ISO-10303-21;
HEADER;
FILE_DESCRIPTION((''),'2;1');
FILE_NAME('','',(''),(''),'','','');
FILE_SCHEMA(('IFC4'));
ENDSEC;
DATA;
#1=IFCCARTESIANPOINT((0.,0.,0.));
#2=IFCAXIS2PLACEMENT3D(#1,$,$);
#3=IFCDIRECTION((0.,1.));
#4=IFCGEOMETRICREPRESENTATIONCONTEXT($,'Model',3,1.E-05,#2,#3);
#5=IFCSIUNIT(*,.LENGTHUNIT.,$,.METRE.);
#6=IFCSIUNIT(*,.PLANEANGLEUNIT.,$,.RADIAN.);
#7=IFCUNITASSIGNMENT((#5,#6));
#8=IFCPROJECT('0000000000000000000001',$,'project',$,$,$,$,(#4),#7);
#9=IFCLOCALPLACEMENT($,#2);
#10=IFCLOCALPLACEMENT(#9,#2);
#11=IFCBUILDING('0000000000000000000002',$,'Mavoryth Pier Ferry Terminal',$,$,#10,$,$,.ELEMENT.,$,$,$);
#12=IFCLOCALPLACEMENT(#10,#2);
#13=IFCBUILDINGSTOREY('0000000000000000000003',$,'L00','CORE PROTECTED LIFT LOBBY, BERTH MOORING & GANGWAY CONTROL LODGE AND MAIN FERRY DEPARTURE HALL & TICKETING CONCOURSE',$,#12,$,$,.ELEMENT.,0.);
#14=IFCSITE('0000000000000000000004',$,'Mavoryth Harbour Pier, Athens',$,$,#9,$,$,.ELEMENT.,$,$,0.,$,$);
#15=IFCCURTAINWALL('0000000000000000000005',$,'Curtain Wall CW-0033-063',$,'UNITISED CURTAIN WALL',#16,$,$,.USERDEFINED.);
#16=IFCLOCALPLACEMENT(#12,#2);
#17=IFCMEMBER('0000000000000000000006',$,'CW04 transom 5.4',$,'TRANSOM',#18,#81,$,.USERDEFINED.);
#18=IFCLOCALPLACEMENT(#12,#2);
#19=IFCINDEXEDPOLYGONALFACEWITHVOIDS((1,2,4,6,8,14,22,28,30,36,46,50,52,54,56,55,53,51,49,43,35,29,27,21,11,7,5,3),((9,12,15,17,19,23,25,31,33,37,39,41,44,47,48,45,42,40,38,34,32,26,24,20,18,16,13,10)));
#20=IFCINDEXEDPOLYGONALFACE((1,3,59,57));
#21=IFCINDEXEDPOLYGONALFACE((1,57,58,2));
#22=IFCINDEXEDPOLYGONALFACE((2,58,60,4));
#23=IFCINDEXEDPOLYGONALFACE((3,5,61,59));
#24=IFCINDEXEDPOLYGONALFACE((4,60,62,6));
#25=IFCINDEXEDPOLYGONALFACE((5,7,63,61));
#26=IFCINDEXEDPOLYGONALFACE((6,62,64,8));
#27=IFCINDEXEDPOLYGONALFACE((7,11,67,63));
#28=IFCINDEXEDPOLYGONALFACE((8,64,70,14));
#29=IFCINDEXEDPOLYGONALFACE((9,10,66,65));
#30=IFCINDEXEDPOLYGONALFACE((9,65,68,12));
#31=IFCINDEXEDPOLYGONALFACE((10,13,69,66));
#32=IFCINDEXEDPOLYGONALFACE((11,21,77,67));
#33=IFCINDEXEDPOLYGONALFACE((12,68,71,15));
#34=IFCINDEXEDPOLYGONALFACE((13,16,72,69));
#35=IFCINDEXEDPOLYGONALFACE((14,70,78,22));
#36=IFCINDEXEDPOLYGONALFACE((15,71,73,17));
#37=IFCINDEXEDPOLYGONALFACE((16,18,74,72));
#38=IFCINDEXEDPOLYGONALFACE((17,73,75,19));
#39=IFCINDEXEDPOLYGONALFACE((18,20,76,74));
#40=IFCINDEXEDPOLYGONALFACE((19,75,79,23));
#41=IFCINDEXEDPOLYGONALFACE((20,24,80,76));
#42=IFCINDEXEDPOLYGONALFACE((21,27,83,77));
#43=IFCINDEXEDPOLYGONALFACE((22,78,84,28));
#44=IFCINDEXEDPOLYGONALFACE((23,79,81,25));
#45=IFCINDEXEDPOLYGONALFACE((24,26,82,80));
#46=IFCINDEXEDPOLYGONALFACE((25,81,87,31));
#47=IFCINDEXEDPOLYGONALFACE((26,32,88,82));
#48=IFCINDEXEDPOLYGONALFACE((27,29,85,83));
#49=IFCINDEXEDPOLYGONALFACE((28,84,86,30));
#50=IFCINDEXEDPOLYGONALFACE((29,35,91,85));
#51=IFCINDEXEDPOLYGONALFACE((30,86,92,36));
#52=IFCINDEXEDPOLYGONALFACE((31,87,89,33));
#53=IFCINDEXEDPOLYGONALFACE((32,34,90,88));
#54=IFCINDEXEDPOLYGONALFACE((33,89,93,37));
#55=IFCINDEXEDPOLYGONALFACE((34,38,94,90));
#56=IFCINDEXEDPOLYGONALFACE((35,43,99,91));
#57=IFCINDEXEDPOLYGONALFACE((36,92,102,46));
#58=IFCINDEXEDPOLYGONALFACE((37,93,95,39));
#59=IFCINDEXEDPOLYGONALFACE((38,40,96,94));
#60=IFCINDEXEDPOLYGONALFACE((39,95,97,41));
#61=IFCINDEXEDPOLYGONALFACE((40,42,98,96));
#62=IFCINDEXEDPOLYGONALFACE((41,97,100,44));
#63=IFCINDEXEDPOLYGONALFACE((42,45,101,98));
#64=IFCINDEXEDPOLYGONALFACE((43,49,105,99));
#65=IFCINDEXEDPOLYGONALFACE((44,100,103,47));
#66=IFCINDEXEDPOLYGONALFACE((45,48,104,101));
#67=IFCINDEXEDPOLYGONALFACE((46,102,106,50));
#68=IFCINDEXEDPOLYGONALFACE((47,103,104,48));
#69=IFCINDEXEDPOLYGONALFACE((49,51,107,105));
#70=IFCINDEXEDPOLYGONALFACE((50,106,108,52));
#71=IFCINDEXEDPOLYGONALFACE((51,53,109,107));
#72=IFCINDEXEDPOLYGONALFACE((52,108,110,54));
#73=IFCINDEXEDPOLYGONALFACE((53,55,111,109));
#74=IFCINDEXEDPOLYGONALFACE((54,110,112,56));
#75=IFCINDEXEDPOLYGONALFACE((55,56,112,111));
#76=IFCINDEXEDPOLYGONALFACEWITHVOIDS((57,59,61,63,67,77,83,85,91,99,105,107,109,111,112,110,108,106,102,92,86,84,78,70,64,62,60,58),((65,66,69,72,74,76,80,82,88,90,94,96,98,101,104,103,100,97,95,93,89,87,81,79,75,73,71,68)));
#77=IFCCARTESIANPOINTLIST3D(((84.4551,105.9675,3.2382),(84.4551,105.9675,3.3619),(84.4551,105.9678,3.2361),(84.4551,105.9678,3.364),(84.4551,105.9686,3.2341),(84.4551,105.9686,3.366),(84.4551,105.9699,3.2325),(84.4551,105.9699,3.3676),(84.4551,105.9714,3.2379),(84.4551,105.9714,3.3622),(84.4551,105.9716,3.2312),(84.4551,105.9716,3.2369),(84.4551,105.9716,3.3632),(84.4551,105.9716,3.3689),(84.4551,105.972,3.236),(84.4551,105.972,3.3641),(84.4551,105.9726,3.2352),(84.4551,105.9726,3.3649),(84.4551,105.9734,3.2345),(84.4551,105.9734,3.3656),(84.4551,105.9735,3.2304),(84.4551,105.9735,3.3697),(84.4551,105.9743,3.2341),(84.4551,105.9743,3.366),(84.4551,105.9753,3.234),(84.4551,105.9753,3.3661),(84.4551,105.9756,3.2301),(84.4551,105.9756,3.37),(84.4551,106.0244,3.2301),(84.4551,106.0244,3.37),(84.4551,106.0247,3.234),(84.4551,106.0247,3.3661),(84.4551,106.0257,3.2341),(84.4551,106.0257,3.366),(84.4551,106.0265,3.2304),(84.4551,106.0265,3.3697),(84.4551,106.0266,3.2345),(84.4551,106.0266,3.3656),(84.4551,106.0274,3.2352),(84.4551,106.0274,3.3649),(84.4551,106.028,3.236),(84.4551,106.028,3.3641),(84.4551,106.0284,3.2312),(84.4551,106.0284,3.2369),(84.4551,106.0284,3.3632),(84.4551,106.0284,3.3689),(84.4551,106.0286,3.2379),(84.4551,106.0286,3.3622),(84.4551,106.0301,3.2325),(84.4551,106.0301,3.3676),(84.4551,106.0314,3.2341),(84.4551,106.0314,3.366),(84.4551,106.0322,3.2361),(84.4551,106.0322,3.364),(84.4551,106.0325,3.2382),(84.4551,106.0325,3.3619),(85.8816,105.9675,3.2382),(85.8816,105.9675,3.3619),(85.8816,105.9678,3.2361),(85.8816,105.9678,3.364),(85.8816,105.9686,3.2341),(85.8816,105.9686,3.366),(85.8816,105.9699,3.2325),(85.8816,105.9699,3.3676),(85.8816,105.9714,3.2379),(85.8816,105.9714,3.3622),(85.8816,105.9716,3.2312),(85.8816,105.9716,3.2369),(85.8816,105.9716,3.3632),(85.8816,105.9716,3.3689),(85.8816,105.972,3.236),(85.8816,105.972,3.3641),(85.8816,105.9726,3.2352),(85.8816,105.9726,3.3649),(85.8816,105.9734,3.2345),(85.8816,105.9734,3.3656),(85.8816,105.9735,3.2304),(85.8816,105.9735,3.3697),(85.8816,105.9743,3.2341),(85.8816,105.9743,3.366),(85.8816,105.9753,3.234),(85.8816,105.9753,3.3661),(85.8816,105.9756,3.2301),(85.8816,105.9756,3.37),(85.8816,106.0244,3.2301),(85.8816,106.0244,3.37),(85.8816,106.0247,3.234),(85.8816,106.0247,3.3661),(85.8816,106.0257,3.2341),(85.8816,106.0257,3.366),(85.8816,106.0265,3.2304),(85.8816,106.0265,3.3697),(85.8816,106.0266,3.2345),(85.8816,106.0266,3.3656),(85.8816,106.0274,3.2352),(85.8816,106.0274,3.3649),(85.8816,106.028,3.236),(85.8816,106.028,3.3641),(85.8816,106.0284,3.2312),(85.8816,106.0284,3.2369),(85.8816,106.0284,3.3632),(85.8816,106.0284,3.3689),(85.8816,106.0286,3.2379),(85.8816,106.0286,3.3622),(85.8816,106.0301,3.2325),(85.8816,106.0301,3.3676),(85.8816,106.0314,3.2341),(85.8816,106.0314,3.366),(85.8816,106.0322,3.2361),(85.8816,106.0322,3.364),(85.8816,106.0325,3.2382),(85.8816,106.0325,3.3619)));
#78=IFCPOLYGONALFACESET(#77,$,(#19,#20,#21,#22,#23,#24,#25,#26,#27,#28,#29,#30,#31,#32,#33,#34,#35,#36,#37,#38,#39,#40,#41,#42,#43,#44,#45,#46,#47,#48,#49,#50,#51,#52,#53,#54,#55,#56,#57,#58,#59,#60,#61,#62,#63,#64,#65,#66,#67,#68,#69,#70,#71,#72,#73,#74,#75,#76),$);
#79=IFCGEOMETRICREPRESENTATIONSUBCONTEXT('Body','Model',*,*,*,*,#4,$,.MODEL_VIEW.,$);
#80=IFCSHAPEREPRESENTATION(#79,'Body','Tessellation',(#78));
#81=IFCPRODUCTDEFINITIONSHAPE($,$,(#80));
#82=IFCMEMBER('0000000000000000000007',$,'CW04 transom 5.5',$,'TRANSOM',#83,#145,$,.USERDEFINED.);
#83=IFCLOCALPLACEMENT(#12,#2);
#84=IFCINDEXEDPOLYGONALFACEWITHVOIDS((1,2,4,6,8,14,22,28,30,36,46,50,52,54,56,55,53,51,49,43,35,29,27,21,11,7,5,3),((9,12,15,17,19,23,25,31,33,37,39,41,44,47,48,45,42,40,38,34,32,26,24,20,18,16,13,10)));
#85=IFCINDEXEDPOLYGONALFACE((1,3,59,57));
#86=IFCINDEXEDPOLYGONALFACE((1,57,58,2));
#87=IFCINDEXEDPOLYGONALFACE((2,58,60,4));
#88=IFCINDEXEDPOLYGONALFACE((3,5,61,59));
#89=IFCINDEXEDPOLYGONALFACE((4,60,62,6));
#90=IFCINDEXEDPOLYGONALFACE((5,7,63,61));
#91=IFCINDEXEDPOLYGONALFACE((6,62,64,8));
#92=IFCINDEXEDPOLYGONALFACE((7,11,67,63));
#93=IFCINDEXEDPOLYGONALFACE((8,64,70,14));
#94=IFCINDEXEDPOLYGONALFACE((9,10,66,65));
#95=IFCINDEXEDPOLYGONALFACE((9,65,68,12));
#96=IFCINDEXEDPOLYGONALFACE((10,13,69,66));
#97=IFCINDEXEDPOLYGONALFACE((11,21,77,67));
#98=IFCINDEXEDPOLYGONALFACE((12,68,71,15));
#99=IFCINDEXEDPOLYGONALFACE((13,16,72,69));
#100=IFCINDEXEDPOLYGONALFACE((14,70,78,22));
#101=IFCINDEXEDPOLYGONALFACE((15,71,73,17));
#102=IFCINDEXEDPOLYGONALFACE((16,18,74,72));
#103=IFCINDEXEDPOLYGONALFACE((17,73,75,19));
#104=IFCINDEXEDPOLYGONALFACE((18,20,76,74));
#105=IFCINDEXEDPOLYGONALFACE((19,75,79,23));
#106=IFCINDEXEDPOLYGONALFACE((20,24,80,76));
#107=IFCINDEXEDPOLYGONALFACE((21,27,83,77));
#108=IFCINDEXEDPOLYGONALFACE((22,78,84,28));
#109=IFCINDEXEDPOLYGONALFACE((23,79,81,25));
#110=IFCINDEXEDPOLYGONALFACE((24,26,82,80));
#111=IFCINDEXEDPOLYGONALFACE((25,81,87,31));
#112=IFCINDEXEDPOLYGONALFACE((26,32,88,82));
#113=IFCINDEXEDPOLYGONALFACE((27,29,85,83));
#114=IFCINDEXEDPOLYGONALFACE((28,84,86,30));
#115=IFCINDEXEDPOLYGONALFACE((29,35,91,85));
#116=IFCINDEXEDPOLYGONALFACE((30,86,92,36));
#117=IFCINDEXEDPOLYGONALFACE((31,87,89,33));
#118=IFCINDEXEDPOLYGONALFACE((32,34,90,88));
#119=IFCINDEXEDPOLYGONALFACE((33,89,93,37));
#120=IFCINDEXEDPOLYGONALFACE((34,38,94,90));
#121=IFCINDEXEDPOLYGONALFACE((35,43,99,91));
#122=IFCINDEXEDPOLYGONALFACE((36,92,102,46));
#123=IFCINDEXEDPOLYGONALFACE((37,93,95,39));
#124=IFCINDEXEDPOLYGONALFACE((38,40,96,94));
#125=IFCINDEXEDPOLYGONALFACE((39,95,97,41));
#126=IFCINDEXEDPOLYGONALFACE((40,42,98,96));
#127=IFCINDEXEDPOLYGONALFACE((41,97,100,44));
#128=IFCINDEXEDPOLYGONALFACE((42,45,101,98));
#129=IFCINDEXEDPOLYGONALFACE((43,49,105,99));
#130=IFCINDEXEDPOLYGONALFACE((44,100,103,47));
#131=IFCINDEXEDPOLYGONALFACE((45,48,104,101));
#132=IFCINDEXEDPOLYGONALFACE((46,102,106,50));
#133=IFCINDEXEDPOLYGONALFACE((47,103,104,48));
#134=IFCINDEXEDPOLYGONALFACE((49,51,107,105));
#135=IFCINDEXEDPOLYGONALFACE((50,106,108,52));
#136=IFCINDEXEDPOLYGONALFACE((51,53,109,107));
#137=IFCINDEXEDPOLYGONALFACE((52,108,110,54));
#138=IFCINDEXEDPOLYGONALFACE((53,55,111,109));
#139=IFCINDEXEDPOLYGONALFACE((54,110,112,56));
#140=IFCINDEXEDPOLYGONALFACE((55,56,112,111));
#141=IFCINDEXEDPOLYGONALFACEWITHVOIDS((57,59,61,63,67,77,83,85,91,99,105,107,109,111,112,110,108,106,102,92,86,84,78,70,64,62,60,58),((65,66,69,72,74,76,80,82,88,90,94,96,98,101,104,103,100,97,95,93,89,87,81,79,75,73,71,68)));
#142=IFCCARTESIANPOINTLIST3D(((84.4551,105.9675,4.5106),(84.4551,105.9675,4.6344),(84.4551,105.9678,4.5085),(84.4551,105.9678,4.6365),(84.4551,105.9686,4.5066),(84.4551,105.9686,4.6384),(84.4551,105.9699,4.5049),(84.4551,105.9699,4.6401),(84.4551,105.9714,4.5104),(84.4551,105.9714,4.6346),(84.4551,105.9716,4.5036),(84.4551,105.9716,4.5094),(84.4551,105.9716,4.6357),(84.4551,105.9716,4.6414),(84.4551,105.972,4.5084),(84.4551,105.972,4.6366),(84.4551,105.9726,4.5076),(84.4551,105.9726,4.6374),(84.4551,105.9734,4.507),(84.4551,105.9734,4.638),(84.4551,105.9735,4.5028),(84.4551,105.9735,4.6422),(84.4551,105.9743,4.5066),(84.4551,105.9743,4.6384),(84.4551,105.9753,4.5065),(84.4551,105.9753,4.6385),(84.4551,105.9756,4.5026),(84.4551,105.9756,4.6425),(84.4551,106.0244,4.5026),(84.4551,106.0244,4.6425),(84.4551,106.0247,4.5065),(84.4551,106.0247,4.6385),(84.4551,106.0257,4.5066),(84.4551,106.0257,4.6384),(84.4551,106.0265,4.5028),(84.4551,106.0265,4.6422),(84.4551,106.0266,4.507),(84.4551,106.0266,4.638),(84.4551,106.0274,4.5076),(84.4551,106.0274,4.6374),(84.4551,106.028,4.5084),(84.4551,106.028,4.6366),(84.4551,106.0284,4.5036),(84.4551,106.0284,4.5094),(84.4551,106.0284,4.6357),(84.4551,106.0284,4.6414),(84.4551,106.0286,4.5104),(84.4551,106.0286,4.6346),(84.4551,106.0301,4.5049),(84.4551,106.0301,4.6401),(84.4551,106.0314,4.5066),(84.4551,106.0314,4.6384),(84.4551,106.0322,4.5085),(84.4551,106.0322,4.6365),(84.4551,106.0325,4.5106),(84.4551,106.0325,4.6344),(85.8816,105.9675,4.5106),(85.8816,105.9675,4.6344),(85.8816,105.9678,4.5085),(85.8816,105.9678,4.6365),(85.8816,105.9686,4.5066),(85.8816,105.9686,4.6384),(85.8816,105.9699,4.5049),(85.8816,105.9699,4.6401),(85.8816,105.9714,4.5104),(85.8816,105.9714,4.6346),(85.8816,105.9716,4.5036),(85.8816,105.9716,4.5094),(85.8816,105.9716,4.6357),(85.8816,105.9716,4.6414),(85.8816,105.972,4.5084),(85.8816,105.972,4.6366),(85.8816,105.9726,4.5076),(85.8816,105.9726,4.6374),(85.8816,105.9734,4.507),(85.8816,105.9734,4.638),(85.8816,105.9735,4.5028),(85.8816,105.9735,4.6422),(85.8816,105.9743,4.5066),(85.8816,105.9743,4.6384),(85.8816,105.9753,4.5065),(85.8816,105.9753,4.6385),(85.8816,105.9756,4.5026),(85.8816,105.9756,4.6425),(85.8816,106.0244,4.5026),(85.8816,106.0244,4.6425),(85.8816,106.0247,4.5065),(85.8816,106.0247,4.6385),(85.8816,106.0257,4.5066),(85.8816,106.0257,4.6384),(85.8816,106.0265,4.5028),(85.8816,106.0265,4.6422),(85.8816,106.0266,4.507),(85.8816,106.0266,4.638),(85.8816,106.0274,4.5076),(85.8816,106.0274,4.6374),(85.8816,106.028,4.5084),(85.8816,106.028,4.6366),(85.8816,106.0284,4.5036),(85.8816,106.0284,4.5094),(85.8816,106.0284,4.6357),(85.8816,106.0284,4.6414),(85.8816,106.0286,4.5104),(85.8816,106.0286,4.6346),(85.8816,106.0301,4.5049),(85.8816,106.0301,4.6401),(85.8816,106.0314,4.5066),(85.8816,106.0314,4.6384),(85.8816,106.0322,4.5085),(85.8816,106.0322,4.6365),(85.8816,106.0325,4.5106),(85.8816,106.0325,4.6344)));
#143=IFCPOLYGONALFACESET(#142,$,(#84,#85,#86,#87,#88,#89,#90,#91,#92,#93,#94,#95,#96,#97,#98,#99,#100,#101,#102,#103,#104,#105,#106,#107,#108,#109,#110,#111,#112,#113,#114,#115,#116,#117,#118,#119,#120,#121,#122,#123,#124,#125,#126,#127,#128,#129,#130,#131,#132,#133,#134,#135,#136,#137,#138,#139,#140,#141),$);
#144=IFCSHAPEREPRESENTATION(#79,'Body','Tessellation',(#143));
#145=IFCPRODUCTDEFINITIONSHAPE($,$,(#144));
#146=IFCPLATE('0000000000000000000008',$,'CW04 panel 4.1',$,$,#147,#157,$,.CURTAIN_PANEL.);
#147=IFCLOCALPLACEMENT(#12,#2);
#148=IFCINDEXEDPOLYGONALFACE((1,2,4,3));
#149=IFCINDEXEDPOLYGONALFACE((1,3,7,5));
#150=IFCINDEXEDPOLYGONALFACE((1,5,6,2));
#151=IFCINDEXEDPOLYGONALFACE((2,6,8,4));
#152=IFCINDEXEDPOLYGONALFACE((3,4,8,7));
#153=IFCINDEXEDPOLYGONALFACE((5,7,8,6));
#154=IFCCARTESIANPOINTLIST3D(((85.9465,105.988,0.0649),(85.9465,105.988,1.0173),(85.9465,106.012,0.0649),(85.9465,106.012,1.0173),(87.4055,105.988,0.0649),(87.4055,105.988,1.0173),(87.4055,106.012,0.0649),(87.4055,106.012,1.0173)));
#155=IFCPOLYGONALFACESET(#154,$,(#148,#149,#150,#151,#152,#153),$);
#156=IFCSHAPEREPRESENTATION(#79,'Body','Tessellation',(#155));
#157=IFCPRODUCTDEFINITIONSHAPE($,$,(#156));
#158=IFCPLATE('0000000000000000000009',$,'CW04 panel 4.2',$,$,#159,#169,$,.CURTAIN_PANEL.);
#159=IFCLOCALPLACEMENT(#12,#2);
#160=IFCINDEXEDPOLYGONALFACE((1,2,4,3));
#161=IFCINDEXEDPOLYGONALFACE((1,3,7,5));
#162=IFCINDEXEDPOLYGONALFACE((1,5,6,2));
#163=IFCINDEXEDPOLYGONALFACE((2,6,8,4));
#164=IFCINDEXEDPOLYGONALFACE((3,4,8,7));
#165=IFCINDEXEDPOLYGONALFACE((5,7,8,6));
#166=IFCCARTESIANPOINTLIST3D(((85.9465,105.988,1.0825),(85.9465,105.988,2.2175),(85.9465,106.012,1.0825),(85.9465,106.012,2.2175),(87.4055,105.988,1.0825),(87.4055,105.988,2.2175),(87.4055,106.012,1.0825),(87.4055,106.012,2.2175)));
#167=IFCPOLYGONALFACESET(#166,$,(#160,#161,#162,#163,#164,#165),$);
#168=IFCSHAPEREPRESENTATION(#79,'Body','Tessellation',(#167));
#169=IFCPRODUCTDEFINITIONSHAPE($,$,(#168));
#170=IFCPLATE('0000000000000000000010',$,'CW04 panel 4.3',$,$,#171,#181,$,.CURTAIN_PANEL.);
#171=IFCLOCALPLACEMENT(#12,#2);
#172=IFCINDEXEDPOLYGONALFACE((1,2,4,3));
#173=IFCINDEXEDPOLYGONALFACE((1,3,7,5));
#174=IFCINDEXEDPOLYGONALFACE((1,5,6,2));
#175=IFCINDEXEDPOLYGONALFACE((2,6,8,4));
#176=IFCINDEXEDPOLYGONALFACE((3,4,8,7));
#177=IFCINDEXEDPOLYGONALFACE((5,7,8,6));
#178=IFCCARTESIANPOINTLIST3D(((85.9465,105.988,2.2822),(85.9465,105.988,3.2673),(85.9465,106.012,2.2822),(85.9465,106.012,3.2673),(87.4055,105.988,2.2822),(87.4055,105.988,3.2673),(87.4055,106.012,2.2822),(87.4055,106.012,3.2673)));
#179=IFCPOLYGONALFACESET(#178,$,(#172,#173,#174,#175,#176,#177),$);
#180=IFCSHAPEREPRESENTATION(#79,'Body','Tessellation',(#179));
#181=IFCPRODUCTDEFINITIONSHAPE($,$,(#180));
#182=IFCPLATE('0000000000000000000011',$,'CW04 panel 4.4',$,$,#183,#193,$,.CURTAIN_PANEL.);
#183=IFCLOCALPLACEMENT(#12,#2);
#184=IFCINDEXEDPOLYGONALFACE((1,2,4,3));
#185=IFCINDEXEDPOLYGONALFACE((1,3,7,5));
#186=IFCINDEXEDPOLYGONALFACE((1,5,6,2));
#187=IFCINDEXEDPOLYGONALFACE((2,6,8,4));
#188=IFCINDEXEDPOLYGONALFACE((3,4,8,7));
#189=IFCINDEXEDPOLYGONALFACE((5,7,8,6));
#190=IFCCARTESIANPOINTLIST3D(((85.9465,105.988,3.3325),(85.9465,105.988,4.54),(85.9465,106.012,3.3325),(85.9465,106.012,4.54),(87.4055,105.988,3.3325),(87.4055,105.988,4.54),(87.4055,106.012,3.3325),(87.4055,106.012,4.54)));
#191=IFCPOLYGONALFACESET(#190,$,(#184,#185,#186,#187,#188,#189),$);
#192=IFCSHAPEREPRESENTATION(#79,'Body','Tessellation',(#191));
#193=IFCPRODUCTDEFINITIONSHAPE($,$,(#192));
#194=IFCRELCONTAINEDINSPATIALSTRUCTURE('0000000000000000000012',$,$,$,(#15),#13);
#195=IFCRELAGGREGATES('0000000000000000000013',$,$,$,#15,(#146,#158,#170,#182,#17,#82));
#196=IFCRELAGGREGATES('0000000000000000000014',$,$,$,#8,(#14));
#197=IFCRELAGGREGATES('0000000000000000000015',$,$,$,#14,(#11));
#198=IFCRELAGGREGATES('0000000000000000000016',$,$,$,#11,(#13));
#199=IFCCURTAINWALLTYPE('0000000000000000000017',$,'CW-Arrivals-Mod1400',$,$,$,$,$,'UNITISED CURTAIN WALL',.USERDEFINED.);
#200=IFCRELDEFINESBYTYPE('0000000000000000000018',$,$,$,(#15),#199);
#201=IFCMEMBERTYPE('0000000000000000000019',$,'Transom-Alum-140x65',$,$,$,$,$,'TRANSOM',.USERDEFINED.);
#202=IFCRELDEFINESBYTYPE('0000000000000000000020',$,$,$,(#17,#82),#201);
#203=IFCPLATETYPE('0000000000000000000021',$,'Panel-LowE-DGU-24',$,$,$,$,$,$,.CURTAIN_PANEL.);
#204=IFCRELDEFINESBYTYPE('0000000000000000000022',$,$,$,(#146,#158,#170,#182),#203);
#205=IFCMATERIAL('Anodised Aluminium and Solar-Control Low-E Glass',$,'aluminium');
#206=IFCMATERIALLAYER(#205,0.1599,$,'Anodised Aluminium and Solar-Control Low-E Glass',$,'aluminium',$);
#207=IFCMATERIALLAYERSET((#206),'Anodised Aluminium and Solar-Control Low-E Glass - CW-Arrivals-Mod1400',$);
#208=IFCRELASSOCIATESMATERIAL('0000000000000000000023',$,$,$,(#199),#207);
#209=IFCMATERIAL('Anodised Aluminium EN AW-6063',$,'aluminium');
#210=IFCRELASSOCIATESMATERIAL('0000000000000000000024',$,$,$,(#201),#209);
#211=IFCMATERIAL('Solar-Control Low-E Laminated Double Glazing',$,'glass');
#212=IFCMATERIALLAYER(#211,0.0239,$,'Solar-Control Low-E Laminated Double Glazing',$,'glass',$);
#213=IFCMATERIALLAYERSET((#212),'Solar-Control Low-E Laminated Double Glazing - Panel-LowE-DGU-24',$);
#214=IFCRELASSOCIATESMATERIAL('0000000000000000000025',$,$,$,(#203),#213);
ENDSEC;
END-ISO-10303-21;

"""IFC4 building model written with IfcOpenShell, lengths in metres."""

from ifc_helpers import new_model, si_unit, direction, frame, origin, origin_2d, place, context, subcontext, project, spatial, rectangle, hollow_rectangle, extrude, material, layer, layer_set, material_profile, profile_set, type_object, element, aggregate, save


model = new_model("IFC4")

# Units and contexts
model_context = context("Model", 3, precision=1e-05, world=origin(), true_north=direction((0.0, 1.0)))
body_context = subcontext(model_context, "Body", "Model", "MODEL_VIEW")
ifc_project = project(units=[si_unit("LENGTHUNIT", "METRE"), si_unit("PLANEANGLEUNIT", "RADIAN")], contexts=[model_context])

# Site, building, storey
site_placement = place(None, origin())
site = spatial("IfcSite", under=ifc_project, at=site_placement, Name="Mavoryth Harbour Pier, Athens", CompositionType="ELEMENT", RefElevation=0.0)
building_placement = place(site_placement, origin())
building = spatial("IfcBuilding", under=site, at=building_placement, Name="Mavoryth Pier Ferry Terminal", CompositionType="ELEMENT")
storey_placement = place(building_placement, origin())
storey = spatial("IfcBuildingStorey", under=building, at=storey_placement, Name="L00", Description="CORE PROTECTED LIFT LOBBY, BERTH MOORING & GANGWAY CONTROL LODGE AND MAIN FERRY DEPARTURE HALL & TICKETING CONCOURSE", CompositionType="ELEMENT", Elevation=0.0)

# Curtain wall, members, plates
ifc_material_1 = material(Name="Anodised Aluminium and Solar-Control Low-E Glass", Category="aluminium")
ifc_layer_1 = layer(ifc_material_1, 0.1599, Name="Anodised Aluminium and Solar-Control Low-E Glass", Category="aluminium")
ifc_layer_set_1 = layer_set([ifc_layer_1], Name="Anodised Aluminium and Solar-Control Low-E Glass - CW-Arrivals-Mod1400")
curtain_wall_type = type_object("IfcCurtainWallType", Name="CW-Arrivals-Mod1400", ElementType="UNITISED CURTAIN WALL", PredefinedType="USERDEFINED", material=ifc_layer_set_1)
curtain_wall_placement = place(storey_placement, origin())
curtain_wall = element("IfcCurtainWall", 1, at=curtain_wall_placement, inside=storey, type_object=curtain_wall_type, Name="Curtain Wall CW-0033-063", ObjectType="UNITISED CURTAIN WALL", PredefinedType="USERDEFINED")
ifc_material_2 = material(Name="Anodised Aluminium EN AW-6063", Category="aluminium")
ifc_material_profile_1 = material_profile(ifc_material_2, hollow_rectangle(XDim=0.0649, YDim=0.1399, WallThickness=0.0039, InnerFilletRadius=0.0039, OuterFilletRadius=0.0081, at=origin_2d()), Name="AL-TRAN 140x65x4", Category="aluminium")
ifc_profile_set_1 = profile_set([ifc_material_profile_1], Name="Anodised Aluminium EN AW-6063 - AL-TRAN 140x65x4")
member_type_1 = type_object("IfcMemberType", Name="Transom-Alum-140x65", ElementType="TRANSOM", PredefinedType="USERDEFINED", material=ifc_profile_set_1)
member_1_placement = place(storey_placement, frame((85.8816, 106.0, 3.3), z_axis=(-1.0, 0.0, 0.0), x_axis=(0.0, -1.0, 0.0)))
member_1 = element("IfcMember", 2, at=member_1_placement, type_object=member_type_1, Name="CW04 transom 5.4", ObjectType="TRANSOM", PredefinedType="USERDEFINED", context=body_context, shape_type="SweptSolid", body=[
    extrude(hollow_rectangle(XDim=0.0649, YDim=0.1399, WallThickness=0.0039, InnerFilletRadius=0.0039, OuterFilletRadius=0.0081, at=origin_2d()), origin(), (0.0, 0.0, 1.0), 1.4265),
])
member_2_placement = place(storey_placement, frame((85.8816, 106.0, 4.5725), z_axis=(-1.0, 0.0, 0.0), x_axis=(0.0, -1.0, 0.0)))
member_2 = element("IfcMember", 3, at=member_2_placement, type_object=member_type_1, Name="CW04 transom 5.5", ObjectType="TRANSOM", PredefinedType="USERDEFINED", context=body_context, shape_type="SweptSolid", body=[
    extrude(hollow_rectangle(XDim=0.0649, YDim=0.1399, WallThickness=0.0039, InnerFilletRadius=0.0039, OuterFilletRadius=0.0081, at=origin_2d()), origin(), (0.0, 0.0, 1.0), 1.4265),
])
ifc_material_3 = material(Name="Solar-Control Low-E Laminated Double Glazing", Category="glass")
ifc_layer_2 = layer(ifc_material_3, 0.0239, Name="Solar-Control Low-E Laminated Double Glazing", Category="glass")
ifc_layer_set_2 = layer_set([ifc_layer_2], Name="Solar-Control Low-E Laminated Double Glazing - Panel-LowE-DGU-24")
plate_type = type_object("IfcPlateType", Name="Panel-LowE-DGU-24", PredefinedType="CURTAIN_PANEL", material=ifc_layer_set_2)
plate_1_placement = place(storey_placement, frame((86.676, 106.0, 0.0649), z_axis=(0.0, 0.0, 1.0), x_axis=(-1.0, 0.0, 0.0)))
plate_1 = element("IfcPlate", 4, at=plate_1_placement, type_object=plate_type, Name="CW04 panel 4.1", PredefinedType="CURTAIN_PANEL", context=body_context, shape_type="SweptSolid", body=[
    extrude(rectangle(XDim=1.459, YDim=0.0239, at=origin_2d()), origin(), (0.0, 0.0, 1.0), 0.9524),
])
plate_2_placement = place(storey_placement, frame((86.676, 106.0, 1.0825), z_axis=(0.0, 0.0, 1.0), x_axis=(-1.0, 0.0, 0.0)))
plate_2 = element("IfcPlate", 5, at=plate_2_placement, type_object=plate_type, Name="CW04 panel 4.2", PredefinedType="CURTAIN_PANEL", context=body_context, shape_type="SweptSolid", body=[
    extrude(rectangle(XDim=1.459, YDim=0.0239, at=origin_2d()), origin(), (0.0, 0.0, 1.0), 1.135),
])
plate_3_placement = place(storey_placement, frame((86.676, 106.0, 2.2822), z_axis=(0.0, 0.0, 1.0), x_axis=(-1.0, 0.0, 0.0)))
plate_3 = element("IfcPlate", 6, at=plate_3_placement, type_object=plate_type, Name="CW04 panel 4.3", PredefinedType="CURTAIN_PANEL", context=body_context, shape_type="SweptSolid", body=[
    extrude(rectangle(XDim=1.459, YDim=0.0239, at=origin_2d()), origin(), (0.0, 0.0, 1.0), 0.9851),
])
plate_4_placement = place(storey_placement, frame((86.676, 106.0, 3.3325), z_axis=(0.0, 0.0, 1.0), x_axis=(-1.0, 0.0, 0.0)))
plate_4 = element("IfcPlate", 7, at=plate_4_placement, type_object=plate_type, Name="CW04 panel 4.4", PredefinedType="CURTAIN_PANEL", context=body_context, shape_type="SweptSolid", body=[
    extrude(rectangle(XDim=1.459, YDim=0.0239, at=origin_2d()), origin(), (0.0, 0.0, 1.0), 1.2075),
])
aggregate(curtain_wall, [plate_1, plate_2, plate_3, plate_4, member_1, member_2])

save(model, "model.ifc")
